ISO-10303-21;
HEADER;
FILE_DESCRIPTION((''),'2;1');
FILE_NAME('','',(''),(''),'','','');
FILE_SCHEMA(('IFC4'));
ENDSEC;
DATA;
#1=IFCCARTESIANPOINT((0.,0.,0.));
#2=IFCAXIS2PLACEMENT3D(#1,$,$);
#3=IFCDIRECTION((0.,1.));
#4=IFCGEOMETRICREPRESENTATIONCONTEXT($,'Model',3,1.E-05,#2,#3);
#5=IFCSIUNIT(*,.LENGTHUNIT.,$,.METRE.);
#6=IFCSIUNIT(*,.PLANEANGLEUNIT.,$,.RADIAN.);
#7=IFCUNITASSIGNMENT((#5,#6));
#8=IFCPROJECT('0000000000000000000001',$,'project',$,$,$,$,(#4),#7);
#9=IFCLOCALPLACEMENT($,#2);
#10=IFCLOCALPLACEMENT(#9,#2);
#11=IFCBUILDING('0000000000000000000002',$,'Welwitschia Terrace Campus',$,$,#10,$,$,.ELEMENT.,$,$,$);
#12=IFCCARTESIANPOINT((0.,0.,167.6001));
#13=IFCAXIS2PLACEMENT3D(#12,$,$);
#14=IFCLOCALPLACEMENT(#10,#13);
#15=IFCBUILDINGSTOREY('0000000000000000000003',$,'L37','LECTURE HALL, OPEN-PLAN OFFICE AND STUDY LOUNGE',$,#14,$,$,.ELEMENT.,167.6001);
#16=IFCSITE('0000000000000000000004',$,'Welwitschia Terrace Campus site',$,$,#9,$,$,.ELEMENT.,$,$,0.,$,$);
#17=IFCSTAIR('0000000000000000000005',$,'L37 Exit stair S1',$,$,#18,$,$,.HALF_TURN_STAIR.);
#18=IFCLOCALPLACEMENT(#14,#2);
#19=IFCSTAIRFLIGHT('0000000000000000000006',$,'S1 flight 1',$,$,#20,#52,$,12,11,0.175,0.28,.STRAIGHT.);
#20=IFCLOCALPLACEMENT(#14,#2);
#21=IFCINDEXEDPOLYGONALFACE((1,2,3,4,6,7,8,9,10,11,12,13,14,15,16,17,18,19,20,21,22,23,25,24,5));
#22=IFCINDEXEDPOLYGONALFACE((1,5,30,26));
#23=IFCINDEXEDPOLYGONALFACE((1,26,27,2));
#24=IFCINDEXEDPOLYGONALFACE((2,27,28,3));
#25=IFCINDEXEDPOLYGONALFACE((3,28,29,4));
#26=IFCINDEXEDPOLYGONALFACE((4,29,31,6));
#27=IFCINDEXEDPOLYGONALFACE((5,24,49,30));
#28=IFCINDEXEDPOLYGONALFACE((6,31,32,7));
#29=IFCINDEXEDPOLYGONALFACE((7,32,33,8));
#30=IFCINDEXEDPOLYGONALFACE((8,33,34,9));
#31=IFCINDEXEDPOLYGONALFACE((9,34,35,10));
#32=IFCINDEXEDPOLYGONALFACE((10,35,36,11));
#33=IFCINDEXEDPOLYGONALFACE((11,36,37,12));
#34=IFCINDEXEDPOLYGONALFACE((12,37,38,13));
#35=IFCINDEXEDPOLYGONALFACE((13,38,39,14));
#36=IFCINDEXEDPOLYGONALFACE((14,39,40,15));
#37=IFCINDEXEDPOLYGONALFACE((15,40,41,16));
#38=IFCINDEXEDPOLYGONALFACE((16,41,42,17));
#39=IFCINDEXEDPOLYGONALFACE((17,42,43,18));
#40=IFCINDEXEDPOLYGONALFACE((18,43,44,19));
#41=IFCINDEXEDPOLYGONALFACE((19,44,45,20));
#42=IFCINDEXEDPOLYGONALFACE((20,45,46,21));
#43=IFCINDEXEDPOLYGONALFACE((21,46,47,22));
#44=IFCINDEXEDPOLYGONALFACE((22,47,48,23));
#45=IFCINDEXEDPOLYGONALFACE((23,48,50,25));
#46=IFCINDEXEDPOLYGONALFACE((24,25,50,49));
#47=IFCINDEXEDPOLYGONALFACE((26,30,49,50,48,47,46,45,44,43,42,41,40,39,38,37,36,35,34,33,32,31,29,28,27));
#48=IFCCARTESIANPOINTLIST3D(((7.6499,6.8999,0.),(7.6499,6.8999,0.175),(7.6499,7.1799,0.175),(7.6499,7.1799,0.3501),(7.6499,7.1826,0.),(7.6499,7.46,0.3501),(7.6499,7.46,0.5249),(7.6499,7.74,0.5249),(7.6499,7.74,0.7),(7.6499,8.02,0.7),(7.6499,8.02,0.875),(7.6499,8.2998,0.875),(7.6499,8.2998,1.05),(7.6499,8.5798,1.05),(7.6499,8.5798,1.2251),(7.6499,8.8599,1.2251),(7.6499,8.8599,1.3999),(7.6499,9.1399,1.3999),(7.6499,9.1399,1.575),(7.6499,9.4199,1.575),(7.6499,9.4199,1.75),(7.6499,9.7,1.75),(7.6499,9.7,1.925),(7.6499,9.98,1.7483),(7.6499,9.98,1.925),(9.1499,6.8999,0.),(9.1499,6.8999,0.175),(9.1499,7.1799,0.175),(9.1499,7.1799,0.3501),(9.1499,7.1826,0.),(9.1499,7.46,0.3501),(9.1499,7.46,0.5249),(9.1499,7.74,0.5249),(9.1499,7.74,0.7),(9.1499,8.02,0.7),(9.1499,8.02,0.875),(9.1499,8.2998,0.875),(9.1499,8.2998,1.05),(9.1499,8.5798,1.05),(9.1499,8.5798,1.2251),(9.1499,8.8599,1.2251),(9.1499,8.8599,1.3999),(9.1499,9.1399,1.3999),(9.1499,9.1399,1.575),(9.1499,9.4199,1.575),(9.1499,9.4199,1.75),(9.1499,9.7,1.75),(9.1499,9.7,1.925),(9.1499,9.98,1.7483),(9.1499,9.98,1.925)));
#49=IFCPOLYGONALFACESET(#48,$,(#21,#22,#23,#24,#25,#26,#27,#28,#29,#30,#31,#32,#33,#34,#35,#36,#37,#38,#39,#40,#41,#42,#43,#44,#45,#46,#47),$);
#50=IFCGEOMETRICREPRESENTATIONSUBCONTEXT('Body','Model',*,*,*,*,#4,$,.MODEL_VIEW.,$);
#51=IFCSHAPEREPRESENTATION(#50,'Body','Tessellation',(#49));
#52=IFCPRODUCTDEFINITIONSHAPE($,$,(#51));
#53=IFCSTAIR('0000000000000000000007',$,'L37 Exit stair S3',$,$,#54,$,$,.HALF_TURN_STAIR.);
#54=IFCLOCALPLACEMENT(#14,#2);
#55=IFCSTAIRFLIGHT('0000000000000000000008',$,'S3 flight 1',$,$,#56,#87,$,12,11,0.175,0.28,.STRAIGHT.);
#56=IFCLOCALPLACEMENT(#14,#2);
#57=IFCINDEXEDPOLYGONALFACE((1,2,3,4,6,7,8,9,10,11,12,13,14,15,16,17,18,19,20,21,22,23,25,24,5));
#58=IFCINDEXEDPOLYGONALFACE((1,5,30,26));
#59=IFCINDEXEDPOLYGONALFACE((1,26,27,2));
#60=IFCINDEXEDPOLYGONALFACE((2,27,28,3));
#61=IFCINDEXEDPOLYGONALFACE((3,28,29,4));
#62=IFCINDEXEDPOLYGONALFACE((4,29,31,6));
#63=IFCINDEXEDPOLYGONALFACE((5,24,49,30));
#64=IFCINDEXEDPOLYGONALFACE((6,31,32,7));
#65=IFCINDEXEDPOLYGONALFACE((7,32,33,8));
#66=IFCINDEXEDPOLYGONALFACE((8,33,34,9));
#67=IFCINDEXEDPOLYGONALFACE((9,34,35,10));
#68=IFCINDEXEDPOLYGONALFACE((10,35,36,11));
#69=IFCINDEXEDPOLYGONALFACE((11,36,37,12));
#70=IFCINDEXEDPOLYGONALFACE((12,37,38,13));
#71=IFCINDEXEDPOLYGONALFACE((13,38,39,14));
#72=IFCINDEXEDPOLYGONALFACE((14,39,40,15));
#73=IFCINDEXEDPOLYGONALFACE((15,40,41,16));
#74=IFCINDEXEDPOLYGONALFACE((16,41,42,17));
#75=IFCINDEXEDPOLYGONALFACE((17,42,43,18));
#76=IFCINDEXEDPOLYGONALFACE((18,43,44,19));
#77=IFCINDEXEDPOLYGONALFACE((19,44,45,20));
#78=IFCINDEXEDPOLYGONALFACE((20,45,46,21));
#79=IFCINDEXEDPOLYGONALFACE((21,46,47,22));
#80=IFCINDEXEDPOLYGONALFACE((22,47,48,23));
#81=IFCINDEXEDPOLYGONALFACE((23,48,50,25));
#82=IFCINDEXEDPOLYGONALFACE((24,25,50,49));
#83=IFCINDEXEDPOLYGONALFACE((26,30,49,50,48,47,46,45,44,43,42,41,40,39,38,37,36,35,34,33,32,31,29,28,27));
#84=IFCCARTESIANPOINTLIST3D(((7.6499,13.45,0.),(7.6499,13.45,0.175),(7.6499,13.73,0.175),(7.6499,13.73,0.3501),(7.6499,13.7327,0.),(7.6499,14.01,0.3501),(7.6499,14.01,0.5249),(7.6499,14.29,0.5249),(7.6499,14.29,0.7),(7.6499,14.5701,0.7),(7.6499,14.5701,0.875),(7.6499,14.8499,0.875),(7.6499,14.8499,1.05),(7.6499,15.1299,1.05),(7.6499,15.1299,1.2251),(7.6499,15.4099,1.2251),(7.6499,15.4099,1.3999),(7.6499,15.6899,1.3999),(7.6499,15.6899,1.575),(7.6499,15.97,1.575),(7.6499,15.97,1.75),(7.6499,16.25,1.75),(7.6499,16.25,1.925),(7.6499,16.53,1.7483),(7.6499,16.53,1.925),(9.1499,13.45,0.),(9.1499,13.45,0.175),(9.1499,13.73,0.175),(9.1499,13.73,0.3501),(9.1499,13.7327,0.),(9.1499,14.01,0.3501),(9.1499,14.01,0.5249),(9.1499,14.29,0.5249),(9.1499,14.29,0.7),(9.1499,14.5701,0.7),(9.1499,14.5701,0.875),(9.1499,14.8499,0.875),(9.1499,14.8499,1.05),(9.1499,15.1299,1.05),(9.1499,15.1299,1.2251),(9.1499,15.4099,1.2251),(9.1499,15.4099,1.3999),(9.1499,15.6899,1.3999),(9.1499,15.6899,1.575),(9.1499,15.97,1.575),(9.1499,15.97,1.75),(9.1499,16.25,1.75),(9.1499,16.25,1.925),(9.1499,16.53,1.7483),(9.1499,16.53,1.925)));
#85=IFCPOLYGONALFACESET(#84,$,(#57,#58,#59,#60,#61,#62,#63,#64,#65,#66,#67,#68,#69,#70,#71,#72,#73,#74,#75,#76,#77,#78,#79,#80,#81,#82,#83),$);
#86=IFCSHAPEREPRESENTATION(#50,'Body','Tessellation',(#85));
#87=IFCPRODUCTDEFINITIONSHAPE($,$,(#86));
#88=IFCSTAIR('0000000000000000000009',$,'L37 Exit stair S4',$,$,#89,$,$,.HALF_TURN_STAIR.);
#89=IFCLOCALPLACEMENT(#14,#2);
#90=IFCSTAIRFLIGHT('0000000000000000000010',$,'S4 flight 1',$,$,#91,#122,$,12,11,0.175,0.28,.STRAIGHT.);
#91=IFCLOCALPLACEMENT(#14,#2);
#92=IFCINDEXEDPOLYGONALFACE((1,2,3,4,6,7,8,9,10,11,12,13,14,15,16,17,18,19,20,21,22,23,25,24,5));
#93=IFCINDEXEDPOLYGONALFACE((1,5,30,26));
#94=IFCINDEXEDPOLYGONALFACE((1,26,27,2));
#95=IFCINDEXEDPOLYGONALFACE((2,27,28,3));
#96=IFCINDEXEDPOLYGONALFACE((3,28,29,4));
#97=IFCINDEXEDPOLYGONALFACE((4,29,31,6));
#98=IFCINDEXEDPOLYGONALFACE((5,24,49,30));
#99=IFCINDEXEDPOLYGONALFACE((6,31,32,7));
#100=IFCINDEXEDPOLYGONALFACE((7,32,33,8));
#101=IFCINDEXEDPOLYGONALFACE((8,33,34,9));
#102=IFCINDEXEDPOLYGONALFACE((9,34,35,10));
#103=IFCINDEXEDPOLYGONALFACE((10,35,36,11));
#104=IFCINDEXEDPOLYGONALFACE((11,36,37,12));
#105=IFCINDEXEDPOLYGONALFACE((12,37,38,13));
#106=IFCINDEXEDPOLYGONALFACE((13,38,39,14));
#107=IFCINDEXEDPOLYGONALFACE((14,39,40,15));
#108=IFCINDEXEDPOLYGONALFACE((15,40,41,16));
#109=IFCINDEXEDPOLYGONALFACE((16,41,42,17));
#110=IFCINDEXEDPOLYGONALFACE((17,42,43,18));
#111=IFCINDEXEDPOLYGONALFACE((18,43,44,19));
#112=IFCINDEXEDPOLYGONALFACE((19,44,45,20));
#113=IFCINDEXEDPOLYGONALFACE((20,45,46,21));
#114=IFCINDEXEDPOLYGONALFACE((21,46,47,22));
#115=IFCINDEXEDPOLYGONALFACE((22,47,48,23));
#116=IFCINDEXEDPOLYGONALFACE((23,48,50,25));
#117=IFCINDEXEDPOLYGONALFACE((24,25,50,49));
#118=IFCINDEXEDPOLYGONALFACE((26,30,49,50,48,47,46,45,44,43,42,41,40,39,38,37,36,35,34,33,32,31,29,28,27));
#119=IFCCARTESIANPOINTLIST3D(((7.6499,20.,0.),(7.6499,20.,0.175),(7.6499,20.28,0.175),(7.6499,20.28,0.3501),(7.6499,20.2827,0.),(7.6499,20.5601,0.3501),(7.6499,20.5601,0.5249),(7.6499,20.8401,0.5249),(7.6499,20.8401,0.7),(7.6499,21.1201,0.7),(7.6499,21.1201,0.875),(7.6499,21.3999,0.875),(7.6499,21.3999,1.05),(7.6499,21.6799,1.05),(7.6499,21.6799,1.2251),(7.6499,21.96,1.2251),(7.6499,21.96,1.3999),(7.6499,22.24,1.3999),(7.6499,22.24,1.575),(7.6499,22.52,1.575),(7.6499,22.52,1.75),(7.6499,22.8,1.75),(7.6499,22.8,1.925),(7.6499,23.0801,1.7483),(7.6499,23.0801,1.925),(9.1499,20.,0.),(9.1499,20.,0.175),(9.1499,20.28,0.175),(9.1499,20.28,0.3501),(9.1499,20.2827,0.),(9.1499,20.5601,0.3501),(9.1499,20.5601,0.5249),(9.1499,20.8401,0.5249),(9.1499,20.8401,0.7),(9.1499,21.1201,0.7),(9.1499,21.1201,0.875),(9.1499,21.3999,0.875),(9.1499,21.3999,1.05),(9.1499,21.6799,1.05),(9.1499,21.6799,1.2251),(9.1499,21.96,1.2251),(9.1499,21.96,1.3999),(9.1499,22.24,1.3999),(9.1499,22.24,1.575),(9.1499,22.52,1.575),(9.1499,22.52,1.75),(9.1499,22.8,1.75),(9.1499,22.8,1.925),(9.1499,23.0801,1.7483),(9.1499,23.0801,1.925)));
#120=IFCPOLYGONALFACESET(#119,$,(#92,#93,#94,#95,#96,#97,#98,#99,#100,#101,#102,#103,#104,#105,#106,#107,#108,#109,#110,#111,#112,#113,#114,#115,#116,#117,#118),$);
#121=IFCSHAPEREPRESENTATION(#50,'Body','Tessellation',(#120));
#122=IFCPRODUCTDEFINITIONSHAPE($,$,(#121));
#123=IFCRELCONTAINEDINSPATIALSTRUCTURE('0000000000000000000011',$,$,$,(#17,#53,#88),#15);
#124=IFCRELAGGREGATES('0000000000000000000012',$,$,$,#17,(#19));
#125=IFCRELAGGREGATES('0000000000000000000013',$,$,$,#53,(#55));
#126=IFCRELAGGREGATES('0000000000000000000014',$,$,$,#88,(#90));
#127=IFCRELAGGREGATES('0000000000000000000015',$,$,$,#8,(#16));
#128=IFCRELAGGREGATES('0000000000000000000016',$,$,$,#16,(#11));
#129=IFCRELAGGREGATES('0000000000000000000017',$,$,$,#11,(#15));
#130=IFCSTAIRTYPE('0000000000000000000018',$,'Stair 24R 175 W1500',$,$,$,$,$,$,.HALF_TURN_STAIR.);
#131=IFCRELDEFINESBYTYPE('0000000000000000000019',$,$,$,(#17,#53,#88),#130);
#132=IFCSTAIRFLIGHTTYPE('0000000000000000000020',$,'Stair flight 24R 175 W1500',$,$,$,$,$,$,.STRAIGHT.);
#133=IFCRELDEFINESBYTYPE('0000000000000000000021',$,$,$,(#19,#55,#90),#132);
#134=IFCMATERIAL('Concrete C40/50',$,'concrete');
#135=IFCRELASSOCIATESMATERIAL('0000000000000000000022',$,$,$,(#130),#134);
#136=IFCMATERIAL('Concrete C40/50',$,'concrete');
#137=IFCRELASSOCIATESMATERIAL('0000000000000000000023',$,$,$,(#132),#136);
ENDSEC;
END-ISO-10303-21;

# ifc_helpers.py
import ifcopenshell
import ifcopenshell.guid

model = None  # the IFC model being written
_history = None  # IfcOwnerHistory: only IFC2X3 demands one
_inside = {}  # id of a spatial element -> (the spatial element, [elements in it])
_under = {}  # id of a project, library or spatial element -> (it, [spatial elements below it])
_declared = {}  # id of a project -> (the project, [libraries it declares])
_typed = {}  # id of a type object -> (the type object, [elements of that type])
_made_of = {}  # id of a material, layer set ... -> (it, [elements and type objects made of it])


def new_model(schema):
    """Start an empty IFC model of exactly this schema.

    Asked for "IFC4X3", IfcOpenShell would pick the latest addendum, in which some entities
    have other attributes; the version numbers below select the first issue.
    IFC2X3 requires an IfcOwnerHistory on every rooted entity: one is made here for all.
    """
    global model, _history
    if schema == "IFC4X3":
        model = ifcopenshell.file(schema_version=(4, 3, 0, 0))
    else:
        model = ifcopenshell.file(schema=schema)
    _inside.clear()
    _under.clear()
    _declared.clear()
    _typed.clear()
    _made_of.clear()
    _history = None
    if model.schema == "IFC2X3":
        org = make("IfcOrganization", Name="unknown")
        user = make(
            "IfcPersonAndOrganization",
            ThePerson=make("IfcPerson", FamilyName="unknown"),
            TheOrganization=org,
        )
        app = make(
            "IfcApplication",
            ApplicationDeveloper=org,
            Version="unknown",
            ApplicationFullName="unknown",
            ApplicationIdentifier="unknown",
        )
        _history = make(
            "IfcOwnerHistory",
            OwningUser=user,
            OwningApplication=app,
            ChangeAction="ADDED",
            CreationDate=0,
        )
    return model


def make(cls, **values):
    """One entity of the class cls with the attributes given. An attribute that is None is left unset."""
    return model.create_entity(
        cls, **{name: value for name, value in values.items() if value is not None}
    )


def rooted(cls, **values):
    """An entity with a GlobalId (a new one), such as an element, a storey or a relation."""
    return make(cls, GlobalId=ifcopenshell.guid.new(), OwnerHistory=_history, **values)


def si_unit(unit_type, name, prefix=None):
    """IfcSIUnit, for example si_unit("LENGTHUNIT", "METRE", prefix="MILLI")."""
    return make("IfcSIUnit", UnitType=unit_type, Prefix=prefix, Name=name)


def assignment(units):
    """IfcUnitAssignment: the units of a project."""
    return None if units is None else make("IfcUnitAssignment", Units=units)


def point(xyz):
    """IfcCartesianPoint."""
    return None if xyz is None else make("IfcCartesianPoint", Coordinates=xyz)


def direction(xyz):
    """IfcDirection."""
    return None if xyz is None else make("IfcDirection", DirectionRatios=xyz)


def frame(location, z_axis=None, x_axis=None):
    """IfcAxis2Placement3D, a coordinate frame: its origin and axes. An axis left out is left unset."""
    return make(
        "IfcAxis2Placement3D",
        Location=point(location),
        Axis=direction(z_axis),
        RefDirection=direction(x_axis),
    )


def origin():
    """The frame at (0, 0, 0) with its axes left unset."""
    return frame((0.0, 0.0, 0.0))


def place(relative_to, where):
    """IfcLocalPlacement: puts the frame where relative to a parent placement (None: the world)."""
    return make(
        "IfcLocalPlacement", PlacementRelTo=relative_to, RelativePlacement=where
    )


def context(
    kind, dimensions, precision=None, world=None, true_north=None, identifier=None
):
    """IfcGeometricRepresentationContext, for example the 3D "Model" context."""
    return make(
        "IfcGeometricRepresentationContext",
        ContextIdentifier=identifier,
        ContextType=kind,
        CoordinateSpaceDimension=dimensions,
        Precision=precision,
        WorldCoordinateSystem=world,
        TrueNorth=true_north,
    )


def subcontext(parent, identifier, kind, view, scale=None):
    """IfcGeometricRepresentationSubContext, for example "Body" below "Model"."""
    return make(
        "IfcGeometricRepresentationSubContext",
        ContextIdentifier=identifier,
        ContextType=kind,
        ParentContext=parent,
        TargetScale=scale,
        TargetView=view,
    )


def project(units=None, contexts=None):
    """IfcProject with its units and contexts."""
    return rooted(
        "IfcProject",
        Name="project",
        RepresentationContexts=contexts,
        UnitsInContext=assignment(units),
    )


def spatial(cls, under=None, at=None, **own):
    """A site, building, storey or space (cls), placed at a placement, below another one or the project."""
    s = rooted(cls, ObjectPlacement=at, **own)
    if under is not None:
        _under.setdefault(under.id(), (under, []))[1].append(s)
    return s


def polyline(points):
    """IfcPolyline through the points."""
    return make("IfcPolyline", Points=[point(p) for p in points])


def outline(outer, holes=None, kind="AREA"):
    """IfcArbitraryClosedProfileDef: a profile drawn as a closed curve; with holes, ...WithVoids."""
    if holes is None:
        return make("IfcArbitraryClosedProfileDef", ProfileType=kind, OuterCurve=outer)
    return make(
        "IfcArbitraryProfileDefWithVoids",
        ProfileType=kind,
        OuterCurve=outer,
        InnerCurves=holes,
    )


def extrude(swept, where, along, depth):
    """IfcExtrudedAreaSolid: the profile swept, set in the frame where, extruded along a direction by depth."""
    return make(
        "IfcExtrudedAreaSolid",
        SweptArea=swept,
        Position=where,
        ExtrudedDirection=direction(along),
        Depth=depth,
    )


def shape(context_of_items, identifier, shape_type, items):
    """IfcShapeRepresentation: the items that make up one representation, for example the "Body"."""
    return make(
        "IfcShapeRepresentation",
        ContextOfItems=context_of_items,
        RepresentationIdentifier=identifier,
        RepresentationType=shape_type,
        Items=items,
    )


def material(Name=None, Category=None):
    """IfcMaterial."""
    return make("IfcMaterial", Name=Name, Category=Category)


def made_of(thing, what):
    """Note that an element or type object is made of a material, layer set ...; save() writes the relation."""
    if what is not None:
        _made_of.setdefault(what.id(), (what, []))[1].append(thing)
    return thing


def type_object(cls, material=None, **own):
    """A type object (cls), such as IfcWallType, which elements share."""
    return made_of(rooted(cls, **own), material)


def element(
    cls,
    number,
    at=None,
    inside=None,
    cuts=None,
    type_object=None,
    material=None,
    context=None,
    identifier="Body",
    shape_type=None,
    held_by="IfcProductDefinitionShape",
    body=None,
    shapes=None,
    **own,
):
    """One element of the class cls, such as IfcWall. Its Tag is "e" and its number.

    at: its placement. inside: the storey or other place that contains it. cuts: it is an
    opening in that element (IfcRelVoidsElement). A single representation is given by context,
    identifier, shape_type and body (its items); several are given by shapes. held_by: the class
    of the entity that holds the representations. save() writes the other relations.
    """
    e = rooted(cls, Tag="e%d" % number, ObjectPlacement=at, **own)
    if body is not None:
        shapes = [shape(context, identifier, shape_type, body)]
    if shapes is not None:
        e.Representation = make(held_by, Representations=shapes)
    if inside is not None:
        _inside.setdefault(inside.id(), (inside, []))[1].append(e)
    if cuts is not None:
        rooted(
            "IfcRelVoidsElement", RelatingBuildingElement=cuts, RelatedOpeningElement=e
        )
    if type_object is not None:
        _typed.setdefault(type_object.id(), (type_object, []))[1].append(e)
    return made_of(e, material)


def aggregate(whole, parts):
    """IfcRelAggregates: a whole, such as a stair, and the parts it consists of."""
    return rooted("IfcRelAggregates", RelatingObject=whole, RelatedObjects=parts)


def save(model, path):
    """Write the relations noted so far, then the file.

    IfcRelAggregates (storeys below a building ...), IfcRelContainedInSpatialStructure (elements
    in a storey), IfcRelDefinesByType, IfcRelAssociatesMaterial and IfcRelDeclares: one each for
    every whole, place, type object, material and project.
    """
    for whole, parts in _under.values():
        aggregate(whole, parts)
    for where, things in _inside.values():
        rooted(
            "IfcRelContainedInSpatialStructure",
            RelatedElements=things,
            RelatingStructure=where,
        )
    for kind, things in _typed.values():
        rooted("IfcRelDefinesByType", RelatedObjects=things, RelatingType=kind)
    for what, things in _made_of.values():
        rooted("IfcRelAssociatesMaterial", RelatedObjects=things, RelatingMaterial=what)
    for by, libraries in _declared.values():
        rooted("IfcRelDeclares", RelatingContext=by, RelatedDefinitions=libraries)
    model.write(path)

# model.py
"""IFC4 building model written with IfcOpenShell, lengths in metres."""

from ifc_helpers import new_model, si_unit, direction, frame, origin, place, context, subcontext, project, spatial, polyline, outline, extrude, material, type_object, element, aggregate, save


model = new_model("IFC4")

# Units and contexts
model_context = context("Model", 3, precision=1e-05, world=origin(), true_north=direction((0.0, 1.0)))
body_context = subcontext(model_context, "Body", "Model", "MODEL_VIEW")
ifc_project = project(units=[si_unit("LENGTHUNIT", "METRE"), si_unit("PLANEANGLEUNIT", "RADIAN")], contexts=[model_context])

# Site, building, storey
site_placement = place(None, origin())
site = spatial("IfcSite", under=ifc_project, at=site_placement, Name="Welwitschia Terrace Campus site", CompositionType="ELEMENT", RefElevation=0.0)
building_placement = place(site_placement, origin())
building = spatial("IfcBuilding", under=site, at=building_placement, Name="Welwitschia Terrace Campus", CompositionType="ELEMENT")
storey_placement = place(building_placement, frame((0.0, 0.0, 167.6001)))
storey = spatial("IfcBuildingStorey", under=building, at=storey_placement, Name="L37", Description="LECTURE HALL, OPEN-PLAN OFFICE AND STUDY LOUNGE", CompositionType="ELEMENT", Elevation=167.6001)

# Stairs, stair flights
ifc_material_1 = material(Name="Concrete C40/50", Category="concrete")
stair_type = type_object("IfcStairType", Name="Stair 24R 175 W1500", PredefinedType="HALF_TURN_STAIR", material=ifc_material_1)
stair_1_placement = place(storey_placement, origin())
stair_1 = element("IfcStair", 1, at=stair_1_placement, inside=storey, type_object=stair_type, Name="L37 Exit stair S1", PredefinedType="HALF_TURN_STAIR")
ifc_material_2 = material(Name="Concrete C40/50", Category="concrete")
stair_flight_type = type_object("IfcStairFlightType", Name="Stair flight 24R 175 W1500", PredefinedType="STRAIGHT", material=ifc_material_2)
stair_flight_1_placement = place(storey_placement, frame((8.3999, 6.8999, 0.0), z_axis=(0.0, 0.0, 1.0), x_axis=(0.0, 1.0, 0.0)))
stair_flight_1 = element("IfcStairFlight", 2, at=stair_flight_1_placement, type_object=stair_flight_type, Name="S1 flight 1", NumberOfRisers=12, NumberOfTreads=11, PredefinedType="STRAIGHT", RiserHeight=0.175, TreadLength=0.28, context=body_context, shape_type="SweptSolid", body=[
    extrude(outline(polyline([(0.0, 0.0), (0.0, 0.175), (0.28, 0.175), (0.28, 0.3501), (0.5601, 0.3501), (0.5601, 0.5249), (0.8401, 0.5249), (0.8401, 0.7), (1.1201, 0.7), (1.1201, 0.875), (1.3999, 0.875), (1.3999, 1.05), (1.6799, 1.05), (1.6799, 1.2251), (1.96, 1.2251), (1.96, 1.3999), (2.24, 1.3999), (2.24, 1.575), (2.52, 1.575), (2.52, 1.75), (2.8, 1.75), (2.8, 1.925), (3.0801, 1.925), (3.0801, 2.1001), (3.0801, 1.7483), (0.2827, 0.0), (0.0, 0.0)])), frame((0.0, 0.75, 0.0), z_axis=(0.0, -1.0, 0.0), x_axis=(1.0, 0.0, 0.0)), (0.0, 0.0, 1.0), 1.5),
])
aggregate(stair_1, [stair_flight_1])
stair_2_placement = place(storey_placement, origin())
stair_2 = element("IfcStair", 3, at=stair_2_placement, inside=storey, type_object=stair_type, Name="L37 Exit stair S3", PredefinedType="HALF_TURN_STAIR")
stair_flight_2_placement = place(storey_placement, frame((8.3999, 13.45, 0.0), z_axis=(0.0, 0.0, 1.0), x_axis=(0.0, 1.0, 0.0)))
stair_flight_2 = element("IfcStairFlight", 4, at=stair_flight_2_placement, type_object=stair_flight_type, Name="S3 flight 1", NumberOfRisers=12, NumberOfTreads=11, PredefinedType="STRAIGHT", RiserHeight=0.175, TreadLength=0.28, context=body_context, shape_type="SweptSolid", body=[
    extrude(outline(polyline([(0.0, 0.0), (0.0, 0.175), (0.28, 0.175), (0.28, 0.3501), (0.5601, 0.3501), (0.5601, 0.5249), (0.8401, 0.5249), (0.8401, 0.7), (1.1201, 0.7), (1.1201, 0.875), (1.3999, 0.875), (1.3999, 1.05), (1.6799, 1.05), (1.6799, 1.2251), (1.96, 1.2251), (1.96, 1.3999), (2.24, 1.3999), (2.24, 1.575), (2.52, 1.575), (2.52, 1.75), (2.8, 1.75), (2.8, 1.925), (3.0801, 1.925), (3.0801, 2.1001), (3.0801, 1.7483), (0.2827, 0.0), (0.0, 0.0)])), frame((0.0, 0.75, 0.0), z_axis=(0.0, -1.0, 0.0), x_axis=(1.0, 0.0, 0.0)), (0.0, 0.0, 1.0), 1.5),
])
aggregate(stair_2, [stair_flight_2])
stair_3_placement = place(storey_placement, origin())
stair_3 = element("IfcStair", 5, at=stair_3_placement, inside=storey, type_object=stair_type, Name="L37 Exit stair S4", PredefinedType="HALF_TURN_STAIR")
stair_flight_3_placement = place(storey_placement, frame((8.3999, 20.0, 0.0), z_axis=(0.0, 0.0, 1.0), x_axis=(0.0, 1.0, 0.0)))
stair_flight_3 = element("IfcStairFlight", 6, at=stair_flight_3_placement, type_object=stair_flight_type, Name="S4 flight 1", NumberOfRisers=12, NumberOfTreads=11, PredefinedType="STRAIGHT", RiserHeight=0.175, TreadLength=0.28, context=body_context, shape_type="SweptSolid", body=[
    extrude(outline(polyline([(0.0, 0.0), (0.0, 0.175), (0.28, 0.175), (0.28, 0.3501), (0.5601, 0.3501), (0.5601, 0.5249), (0.8401, 0.5249), (0.8401, 0.7), (1.1201, 0.7), (1.1201, 0.875), (1.3999, 0.875), (1.3999, 1.05), (1.6799, 1.05), (1.6799, 1.2251), (1.96, 1.2251), (1.96, 1.3999), (2.24, 1.3999), (2.24, 1.575), (2.52, 1.575), (2.52, 1.75), (2.8, 1.75), (2.8, 1.925), (3.0801, 1.925), (3.0801, 2.1001), (3.0801, 1.7483), (0.2827, 0.0), (0.0, 0.0)])), frame((0.0, 0.75, 0.0), z_axis=(0.0, -1.0, 0.0), x_axis=(1.0, 0.0, 0.0)), (0.0, 0.0, 1.0), 1.5),
])
aggregate(stair_3, [stair_flight_3])

save(model, "model.ifc")
